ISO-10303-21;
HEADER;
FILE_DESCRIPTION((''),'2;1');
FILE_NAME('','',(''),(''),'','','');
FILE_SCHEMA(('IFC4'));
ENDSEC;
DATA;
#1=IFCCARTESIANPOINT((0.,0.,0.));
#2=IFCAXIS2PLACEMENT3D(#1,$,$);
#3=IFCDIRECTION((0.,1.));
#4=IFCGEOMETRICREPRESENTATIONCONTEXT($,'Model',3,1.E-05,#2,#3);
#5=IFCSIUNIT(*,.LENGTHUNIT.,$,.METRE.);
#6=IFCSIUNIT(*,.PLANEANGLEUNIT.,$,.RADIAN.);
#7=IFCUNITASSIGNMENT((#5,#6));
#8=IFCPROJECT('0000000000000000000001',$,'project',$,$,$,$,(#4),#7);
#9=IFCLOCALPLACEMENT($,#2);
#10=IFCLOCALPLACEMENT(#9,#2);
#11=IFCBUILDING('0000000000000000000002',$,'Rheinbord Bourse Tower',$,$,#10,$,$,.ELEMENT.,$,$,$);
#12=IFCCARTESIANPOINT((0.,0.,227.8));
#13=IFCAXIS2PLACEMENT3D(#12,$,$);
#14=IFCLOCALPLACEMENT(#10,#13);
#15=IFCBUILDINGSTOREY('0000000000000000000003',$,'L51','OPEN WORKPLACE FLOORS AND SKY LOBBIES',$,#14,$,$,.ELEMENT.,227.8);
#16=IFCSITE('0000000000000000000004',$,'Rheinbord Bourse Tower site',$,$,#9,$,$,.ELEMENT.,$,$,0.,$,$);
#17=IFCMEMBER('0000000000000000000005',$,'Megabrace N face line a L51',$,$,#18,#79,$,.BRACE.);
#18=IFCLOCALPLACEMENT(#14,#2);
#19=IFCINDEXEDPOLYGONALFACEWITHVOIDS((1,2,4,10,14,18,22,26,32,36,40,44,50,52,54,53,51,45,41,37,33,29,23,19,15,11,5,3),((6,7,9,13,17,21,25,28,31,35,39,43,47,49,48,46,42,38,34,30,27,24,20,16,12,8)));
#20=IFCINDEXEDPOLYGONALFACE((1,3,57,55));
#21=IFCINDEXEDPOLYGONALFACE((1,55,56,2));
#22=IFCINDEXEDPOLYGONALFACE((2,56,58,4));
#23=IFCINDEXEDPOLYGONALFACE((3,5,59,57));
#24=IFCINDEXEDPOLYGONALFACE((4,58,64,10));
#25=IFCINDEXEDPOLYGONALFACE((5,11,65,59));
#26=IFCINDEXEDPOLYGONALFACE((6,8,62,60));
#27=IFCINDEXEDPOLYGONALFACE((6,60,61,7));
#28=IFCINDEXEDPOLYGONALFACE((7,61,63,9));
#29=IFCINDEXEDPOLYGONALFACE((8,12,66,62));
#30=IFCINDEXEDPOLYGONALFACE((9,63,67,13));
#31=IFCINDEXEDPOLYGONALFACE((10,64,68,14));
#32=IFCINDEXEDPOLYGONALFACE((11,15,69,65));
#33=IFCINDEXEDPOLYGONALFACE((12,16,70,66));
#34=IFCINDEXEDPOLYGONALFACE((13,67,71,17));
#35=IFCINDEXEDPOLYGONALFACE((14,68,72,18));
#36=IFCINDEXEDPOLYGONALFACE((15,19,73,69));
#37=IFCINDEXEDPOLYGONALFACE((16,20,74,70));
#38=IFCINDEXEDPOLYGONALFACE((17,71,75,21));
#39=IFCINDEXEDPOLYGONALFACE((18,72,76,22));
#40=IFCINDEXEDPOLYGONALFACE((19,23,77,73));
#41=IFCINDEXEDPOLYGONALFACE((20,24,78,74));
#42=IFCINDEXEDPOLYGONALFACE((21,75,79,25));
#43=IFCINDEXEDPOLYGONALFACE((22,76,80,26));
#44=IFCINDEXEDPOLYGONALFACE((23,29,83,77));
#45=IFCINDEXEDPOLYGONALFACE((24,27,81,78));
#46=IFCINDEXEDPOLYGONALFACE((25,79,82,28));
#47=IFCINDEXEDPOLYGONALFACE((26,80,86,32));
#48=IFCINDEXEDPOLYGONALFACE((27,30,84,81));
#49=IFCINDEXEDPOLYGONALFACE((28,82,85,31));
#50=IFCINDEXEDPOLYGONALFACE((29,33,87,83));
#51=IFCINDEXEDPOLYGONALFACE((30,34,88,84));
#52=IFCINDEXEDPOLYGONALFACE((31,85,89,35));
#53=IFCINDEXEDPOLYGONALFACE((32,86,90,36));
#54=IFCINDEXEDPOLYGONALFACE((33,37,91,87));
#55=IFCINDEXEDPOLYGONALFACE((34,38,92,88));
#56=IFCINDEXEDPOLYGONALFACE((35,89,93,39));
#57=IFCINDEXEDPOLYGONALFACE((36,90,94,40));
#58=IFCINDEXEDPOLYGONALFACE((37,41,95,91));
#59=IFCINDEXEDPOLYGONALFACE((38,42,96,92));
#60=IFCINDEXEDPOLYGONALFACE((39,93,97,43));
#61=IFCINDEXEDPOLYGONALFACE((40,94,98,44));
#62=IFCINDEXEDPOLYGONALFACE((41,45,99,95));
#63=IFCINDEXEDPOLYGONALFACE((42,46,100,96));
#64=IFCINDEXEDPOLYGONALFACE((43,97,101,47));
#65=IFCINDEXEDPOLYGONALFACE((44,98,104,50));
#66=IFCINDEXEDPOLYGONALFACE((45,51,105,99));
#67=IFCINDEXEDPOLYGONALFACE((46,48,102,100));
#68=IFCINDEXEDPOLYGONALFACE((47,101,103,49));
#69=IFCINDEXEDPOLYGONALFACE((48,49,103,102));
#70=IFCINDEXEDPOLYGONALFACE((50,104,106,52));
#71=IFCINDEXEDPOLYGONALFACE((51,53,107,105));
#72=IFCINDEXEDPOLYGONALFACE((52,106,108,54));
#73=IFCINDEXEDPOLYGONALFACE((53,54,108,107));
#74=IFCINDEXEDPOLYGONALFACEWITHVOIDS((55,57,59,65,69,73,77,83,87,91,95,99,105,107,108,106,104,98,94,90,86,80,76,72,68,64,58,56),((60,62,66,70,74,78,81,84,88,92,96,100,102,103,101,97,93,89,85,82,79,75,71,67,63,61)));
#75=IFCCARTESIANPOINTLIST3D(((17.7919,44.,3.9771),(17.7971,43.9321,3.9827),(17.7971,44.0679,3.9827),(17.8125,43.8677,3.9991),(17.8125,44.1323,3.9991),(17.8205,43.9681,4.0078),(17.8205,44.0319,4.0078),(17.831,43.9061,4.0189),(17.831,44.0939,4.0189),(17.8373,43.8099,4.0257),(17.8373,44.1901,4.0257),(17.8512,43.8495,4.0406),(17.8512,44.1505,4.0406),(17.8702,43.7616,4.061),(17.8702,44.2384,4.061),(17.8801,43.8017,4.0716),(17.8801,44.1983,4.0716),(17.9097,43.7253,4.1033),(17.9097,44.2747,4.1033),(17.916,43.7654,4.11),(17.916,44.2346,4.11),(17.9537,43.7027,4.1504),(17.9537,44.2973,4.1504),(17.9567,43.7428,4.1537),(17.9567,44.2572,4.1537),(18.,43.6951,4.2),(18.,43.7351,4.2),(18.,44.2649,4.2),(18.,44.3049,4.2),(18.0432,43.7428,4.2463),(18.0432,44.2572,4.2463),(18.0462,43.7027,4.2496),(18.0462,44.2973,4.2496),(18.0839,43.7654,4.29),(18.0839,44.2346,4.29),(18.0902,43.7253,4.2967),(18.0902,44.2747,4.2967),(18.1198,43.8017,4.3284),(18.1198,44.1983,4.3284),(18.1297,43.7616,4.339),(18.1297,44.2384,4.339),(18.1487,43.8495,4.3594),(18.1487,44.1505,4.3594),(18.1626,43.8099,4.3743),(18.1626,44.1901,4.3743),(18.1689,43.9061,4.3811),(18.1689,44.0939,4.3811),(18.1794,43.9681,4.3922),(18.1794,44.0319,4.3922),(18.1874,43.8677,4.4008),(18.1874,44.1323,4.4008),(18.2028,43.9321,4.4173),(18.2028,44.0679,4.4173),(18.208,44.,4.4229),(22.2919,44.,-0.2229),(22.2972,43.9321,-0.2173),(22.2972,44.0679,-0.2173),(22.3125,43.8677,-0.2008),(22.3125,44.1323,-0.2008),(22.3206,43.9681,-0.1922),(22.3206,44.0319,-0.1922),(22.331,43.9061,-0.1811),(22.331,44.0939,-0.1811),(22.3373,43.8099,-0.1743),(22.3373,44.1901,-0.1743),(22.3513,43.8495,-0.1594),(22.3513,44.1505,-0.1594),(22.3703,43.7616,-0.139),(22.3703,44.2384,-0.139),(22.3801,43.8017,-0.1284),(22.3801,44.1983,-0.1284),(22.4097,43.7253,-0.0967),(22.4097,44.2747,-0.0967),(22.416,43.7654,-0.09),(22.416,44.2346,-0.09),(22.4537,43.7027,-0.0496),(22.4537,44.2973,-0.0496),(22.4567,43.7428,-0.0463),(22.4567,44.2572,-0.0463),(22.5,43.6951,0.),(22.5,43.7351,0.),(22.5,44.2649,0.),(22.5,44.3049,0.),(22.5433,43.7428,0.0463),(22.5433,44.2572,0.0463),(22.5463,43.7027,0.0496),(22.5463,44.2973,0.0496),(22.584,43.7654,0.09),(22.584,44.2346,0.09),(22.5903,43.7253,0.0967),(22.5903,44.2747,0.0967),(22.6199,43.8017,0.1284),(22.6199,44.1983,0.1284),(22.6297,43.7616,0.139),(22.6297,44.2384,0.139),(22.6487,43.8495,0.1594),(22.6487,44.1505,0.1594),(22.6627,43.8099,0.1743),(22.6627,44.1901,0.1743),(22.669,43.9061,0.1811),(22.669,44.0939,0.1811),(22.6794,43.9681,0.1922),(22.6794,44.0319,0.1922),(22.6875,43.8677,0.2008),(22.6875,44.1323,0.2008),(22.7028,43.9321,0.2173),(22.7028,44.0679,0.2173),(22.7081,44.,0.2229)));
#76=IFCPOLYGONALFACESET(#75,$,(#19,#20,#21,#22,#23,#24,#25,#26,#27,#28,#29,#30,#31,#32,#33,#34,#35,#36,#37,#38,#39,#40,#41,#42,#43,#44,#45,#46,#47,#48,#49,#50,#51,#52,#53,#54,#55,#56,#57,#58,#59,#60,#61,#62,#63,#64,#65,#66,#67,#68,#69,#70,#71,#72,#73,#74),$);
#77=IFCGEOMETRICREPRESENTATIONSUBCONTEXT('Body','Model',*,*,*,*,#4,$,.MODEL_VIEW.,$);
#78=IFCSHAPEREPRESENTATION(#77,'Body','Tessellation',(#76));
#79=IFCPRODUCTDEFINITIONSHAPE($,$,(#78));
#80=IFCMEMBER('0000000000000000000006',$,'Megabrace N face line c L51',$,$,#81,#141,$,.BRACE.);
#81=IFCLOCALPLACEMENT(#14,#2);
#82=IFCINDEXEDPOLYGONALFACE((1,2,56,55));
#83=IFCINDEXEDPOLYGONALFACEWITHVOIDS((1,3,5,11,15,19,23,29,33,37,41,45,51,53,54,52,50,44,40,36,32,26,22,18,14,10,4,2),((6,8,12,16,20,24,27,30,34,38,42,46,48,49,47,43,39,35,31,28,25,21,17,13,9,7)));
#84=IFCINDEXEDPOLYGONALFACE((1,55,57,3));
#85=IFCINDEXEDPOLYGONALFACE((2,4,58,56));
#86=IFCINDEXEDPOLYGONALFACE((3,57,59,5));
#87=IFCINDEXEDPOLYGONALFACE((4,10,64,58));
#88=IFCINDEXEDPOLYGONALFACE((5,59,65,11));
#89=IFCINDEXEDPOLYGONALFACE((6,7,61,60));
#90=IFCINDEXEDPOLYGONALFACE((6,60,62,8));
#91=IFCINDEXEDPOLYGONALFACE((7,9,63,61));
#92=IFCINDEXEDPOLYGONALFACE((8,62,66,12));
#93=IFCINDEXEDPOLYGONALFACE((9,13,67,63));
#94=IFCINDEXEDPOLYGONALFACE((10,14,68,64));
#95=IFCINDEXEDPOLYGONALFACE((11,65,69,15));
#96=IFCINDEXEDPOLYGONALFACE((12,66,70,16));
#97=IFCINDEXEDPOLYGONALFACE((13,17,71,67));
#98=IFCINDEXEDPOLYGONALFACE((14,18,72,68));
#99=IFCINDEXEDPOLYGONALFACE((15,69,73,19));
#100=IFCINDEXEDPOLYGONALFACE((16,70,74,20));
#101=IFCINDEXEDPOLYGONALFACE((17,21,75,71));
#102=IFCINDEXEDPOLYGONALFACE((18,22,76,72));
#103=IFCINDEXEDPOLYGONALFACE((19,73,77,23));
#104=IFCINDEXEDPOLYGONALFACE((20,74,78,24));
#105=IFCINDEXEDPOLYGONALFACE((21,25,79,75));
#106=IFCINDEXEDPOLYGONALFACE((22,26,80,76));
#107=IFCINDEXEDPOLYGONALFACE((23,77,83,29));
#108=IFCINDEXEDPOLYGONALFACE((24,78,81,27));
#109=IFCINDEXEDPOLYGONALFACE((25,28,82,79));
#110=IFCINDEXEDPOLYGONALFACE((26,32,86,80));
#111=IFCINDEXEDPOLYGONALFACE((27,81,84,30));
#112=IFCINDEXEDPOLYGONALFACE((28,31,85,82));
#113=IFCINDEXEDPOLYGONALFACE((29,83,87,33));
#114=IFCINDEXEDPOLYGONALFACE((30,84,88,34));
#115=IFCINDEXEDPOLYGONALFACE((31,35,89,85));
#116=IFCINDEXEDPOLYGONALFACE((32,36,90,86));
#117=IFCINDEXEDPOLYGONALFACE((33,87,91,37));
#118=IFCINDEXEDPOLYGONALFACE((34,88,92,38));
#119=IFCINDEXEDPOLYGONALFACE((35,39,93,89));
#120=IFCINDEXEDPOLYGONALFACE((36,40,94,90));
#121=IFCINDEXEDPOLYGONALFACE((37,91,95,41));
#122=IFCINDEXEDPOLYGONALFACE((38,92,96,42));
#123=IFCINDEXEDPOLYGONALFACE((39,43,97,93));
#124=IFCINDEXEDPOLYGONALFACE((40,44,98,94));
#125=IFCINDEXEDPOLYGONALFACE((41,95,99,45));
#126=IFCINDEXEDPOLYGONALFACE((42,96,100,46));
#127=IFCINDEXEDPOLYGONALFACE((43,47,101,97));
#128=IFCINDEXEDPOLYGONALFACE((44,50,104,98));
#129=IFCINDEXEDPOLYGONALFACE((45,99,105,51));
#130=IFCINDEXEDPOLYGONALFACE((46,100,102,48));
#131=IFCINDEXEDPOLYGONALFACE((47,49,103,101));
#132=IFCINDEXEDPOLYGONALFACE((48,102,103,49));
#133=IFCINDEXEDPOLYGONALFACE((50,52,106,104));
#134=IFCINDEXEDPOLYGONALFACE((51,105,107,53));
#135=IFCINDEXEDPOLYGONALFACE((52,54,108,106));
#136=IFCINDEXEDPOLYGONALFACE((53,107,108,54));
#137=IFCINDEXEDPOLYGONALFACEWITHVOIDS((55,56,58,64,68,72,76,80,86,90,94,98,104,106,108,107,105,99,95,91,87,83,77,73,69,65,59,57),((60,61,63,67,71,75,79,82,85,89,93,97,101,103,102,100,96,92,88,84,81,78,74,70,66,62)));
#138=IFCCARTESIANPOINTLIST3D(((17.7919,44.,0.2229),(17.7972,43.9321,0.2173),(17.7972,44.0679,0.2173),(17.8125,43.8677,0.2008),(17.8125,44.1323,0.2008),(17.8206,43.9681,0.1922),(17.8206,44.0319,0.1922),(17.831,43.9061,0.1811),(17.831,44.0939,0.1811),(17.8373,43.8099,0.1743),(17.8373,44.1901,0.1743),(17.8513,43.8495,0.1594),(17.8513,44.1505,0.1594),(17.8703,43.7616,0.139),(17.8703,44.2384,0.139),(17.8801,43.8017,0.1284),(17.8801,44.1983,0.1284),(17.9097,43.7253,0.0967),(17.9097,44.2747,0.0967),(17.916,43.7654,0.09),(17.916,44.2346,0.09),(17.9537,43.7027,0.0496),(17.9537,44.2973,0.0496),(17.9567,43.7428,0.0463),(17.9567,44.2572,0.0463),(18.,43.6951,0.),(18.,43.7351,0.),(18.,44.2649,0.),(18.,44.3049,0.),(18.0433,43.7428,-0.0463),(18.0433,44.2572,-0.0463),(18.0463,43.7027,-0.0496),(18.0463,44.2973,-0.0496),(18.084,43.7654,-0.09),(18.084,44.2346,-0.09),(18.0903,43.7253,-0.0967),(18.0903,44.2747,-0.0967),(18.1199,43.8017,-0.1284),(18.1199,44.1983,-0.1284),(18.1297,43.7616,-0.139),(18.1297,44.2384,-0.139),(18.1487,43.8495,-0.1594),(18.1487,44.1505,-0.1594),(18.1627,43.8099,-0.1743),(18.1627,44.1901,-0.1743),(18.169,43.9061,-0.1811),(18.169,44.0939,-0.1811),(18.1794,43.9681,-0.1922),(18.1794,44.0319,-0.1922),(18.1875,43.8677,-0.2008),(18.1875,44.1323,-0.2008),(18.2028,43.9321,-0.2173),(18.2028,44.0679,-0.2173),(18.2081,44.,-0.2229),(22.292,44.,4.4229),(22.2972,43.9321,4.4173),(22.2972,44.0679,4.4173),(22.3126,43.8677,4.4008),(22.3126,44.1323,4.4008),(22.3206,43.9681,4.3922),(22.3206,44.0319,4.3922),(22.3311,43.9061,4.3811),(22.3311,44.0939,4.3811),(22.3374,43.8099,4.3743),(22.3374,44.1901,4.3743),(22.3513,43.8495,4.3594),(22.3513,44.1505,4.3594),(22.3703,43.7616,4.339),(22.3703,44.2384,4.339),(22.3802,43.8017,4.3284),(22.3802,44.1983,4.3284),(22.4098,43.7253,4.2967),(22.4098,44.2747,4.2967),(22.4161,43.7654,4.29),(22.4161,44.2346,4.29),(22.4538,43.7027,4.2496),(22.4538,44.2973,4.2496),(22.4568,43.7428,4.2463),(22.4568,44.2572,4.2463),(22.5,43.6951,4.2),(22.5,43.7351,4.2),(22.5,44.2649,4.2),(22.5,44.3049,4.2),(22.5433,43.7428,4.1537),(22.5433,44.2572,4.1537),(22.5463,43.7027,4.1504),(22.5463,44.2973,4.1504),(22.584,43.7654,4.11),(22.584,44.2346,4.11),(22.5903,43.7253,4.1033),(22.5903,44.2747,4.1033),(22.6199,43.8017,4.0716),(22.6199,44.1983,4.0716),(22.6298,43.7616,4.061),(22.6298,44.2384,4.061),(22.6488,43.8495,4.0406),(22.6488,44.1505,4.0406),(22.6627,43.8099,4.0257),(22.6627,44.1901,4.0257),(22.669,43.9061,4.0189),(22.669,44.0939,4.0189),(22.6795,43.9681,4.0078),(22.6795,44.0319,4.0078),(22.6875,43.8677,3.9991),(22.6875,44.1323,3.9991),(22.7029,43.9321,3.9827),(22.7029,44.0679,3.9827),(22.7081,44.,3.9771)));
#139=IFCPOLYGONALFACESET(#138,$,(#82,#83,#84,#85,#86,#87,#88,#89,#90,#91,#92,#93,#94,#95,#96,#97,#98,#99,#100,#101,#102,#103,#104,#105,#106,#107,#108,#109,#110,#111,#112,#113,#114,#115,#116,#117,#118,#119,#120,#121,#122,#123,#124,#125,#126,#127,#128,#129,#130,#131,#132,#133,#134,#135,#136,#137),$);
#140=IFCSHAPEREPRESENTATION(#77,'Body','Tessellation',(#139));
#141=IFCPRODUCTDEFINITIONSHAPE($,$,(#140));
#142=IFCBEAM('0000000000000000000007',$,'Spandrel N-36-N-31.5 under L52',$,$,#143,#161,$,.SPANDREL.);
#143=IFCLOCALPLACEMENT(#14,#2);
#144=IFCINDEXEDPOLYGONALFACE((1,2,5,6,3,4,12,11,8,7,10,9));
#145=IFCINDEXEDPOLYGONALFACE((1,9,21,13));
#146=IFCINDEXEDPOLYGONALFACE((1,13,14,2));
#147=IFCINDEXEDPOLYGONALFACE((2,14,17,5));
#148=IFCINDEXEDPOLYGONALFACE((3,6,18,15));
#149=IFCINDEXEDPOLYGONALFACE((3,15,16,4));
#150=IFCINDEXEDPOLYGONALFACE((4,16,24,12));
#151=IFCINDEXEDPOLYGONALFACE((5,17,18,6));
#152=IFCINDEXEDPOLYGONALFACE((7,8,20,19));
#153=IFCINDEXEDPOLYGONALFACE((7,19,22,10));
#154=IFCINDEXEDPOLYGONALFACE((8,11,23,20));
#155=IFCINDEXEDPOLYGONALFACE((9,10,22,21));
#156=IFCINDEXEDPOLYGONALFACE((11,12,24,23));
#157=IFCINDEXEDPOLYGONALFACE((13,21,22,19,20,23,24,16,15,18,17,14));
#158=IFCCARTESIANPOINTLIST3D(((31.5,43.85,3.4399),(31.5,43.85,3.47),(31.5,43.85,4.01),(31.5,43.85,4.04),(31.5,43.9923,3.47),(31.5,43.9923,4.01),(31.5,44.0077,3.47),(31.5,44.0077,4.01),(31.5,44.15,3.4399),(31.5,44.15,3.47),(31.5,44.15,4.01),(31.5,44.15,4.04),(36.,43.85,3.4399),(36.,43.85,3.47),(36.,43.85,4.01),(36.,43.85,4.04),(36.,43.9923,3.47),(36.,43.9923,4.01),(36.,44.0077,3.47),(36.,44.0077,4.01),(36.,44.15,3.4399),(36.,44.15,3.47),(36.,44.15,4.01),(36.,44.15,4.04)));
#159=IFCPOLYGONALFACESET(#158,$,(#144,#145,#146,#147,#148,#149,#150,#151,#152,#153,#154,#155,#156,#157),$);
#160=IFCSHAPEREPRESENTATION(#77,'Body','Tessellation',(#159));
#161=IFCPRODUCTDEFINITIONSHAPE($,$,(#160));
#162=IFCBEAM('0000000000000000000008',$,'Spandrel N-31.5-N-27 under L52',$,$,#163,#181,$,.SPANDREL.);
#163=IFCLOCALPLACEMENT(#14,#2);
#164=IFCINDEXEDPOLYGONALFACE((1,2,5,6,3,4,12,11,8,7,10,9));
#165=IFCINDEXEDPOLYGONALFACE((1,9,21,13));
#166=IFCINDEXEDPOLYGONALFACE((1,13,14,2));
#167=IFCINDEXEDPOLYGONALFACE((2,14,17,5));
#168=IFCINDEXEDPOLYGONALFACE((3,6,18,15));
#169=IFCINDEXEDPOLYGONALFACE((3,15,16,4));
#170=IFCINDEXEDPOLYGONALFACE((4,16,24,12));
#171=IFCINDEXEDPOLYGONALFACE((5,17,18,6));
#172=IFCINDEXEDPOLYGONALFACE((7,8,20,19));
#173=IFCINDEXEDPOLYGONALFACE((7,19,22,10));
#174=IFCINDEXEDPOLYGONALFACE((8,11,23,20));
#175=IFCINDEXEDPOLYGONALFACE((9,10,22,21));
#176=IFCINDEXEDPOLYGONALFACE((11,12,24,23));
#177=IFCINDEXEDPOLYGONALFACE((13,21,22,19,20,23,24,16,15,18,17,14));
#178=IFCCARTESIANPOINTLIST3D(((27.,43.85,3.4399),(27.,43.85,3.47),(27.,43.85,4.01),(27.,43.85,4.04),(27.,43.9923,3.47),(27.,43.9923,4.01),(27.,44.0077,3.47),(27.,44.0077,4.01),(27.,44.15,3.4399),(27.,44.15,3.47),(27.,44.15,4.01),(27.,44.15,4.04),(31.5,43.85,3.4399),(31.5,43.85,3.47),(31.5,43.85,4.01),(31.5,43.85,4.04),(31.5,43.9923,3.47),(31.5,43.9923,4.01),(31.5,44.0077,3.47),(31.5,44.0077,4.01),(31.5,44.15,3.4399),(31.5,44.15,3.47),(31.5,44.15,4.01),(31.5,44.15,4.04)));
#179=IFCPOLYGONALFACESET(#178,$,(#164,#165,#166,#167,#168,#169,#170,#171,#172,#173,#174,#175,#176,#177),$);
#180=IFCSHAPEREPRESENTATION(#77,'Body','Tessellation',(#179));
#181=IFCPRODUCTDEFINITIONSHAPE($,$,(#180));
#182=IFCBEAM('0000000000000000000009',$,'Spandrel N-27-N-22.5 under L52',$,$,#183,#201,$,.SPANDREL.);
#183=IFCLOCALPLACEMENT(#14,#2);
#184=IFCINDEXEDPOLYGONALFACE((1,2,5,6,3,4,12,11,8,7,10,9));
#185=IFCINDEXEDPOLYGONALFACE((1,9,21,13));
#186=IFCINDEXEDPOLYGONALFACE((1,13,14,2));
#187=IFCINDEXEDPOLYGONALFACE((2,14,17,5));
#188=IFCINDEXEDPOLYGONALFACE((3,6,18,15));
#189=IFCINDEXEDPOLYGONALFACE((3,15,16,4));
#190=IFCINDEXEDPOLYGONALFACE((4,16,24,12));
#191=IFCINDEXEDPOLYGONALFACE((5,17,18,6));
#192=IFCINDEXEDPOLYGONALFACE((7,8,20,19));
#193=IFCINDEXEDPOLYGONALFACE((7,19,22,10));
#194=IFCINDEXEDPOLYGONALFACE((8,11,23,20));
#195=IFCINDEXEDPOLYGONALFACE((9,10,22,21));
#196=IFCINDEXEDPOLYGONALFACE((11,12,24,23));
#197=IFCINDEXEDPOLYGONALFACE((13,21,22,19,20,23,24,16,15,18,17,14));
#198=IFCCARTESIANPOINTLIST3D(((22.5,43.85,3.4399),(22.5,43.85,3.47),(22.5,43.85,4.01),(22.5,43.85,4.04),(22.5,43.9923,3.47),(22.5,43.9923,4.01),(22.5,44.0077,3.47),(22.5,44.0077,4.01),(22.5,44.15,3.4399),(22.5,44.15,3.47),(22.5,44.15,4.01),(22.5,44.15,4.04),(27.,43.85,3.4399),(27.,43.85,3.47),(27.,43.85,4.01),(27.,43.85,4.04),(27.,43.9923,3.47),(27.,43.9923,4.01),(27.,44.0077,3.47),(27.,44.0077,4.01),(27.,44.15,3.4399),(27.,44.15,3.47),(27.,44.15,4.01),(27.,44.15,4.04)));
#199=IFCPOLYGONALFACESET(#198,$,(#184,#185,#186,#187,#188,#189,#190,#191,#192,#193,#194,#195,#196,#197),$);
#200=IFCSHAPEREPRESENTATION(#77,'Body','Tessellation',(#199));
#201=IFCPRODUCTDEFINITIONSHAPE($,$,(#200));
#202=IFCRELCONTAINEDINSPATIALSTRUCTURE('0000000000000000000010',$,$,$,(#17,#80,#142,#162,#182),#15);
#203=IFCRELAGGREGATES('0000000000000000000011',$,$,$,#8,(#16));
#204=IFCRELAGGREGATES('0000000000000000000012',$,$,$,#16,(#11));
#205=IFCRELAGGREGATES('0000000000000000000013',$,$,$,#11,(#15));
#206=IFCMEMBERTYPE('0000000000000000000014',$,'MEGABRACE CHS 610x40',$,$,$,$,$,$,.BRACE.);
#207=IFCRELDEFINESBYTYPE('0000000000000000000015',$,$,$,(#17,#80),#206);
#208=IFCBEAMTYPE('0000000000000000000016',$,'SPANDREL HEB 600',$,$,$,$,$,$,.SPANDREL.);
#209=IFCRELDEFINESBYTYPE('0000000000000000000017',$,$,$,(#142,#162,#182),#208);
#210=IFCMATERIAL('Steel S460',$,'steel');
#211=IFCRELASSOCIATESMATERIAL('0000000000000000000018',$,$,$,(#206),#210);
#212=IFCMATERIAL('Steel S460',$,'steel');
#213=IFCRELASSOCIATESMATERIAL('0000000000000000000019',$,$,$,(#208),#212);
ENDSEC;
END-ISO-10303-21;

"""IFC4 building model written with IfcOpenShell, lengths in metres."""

from ifc_helpers import new_model, si_unit, direction, frame, origin, origin_2d, place, context, subcontext, project, spatial, hollow_circle, i_section, extrude, material, material_profile, profile_set, type_object, element, save


model = new_model("IFC4")

# Units and contexts
model_context = context("Model", 3, precision=1e-05, world=origin(), true_north=direction((0.0, 1.0)))
body_context = subcontext(model_context, "Body", "Model", "MODEL_VIEW")
ifc_project = project(units=[si_unit("LENGTHUNIT", "METRE"), si_unit("PLANEANGLEUNIT", "RADIAN")], contexts=[model_context])

# Site, building, storey
site_placement = place(None, origin())
site = spatial("IfcSite", under=ifc_project, at=site_placement, Name="Rheinbord Bourse Tower site", CompositionType="ELEMENT", RefElevation=0.0)
building_placement = place(site_placement, origin())
building = spatial("IfcBuilding", under=site, at=building_placement, Name="Rheinbord Bourse Tower", CompositionType="ELEMENT")
storey_placement = place(building_placement, frame((0.0, 0.0, 227.8)))
storey = spatial("IfcBuildingStorey", under=building, at=storey_placement, Name="L51", Description="OPEN WORKPLACE FLOORS AND SKY LOBBIES", CompositionType="ELEMENT", Elevation=227.8)

# Members
ifc_material_1 = material(Name="Steel S460", Category="steel")
ifc_material_profile_1 = material_profile(ifc_material_1, hollow_circle(Radius=0.3049, WallThickness=0.04, at=origin_2d()), Name="CHS 610x40")
ifc_profile_set_1 = profile_set([ifc_material_profile_1], Name="Steel S460")
member_type_1 = type_object("IfcMemberType", Name="MEGABRACE CHS 610x40", PredefinedType="BRACE", material=ifc_profile_set_1)
for number, where, z_axis, x_axis, name in (
    (1, (22.5, 44.0, 0.0), (-0.731059, 0.0, 0.682314), (0.0, -1.0, 0.0), "Megabrace N face line a L51"),
    (2, (18.0, 44.0, 0.0), (0.731059, 0.0, 0.682314), (0.0, 1.0, 0.0), "Megabrace N face line c L51"),
):
    element("IfcMember", number, at=place(storey_placement, frame(where, z_axis=z_axis, x_axis=x_axis)), inside=storey, type_object=member_type_1, Name=name, PredefinedType="BRACE", context=body_context, shape_type="SweptSolid", body=[
        extrude(hollow_circle(Radius=0.3049, WallThickness=0.04, at=origin_2d()), origin(), (0.0, 0.0, 1.0), 6.1555),
    ])

# Beams
ifc_material_2 = material(Name="Steel S460", Category="steel")
ifc_material_profile_2 = material_profile(ifc_material_2, i_section(OverallWidth=0.3, OverallDepth=0.6001, WebThickness=0.0154, FlangeThickness=0.03, at=origin_2d()), Name="HEB 600")
ifc_profile_set_2 = profile_set([ifc_material_profile_2], Name="Steel S460")
beam_type_1 = type_object("IfcBeamType", Name="SPANDREL HEB 600", PredefinedType="SPANDREL", material=ifc_profile_set_2)
for number, where, z_axis, x_axis, name in (
    (3, (36.0, 44.0, 3.74), (-1.0, 0.0, 0.0), (0.0, -1.0, 0.0), "Spandrel N-36-N-31.5 under L52"),
    (4, (31.5, 44.0, 3.74), (-1.0, 0.0, 0.0), (0.0, -1.0, 0.0), "Spandrel N-31.5-N-27 under L52"),
    (5, (27.0, 44.0, 3.74), (-1.0, 0.0, 0.0), (0.0, -1.0, 0.0), "Spandrel N-27-N-22.5 under L52"),
):
    element("IfcBeam", number, at=place(storey_placement, frame(where, z_axis=z_axis, x_axis=x_axis)), inside=storey, type_object=beam_type_1, Name=name, PredefinedType="SPANDREL", context=body_context, shape_type="SweptSolid", body=[
        extrude(i_section(OverallWidth=0.3, OverallDepth=0.6001, WebThickness=0.0154, FlangeThickness=0.03, at=origin_2d()), origin(), (0.0, 0.0, 1.0), 4.5),
    ])

save(model, "model.ifc")
